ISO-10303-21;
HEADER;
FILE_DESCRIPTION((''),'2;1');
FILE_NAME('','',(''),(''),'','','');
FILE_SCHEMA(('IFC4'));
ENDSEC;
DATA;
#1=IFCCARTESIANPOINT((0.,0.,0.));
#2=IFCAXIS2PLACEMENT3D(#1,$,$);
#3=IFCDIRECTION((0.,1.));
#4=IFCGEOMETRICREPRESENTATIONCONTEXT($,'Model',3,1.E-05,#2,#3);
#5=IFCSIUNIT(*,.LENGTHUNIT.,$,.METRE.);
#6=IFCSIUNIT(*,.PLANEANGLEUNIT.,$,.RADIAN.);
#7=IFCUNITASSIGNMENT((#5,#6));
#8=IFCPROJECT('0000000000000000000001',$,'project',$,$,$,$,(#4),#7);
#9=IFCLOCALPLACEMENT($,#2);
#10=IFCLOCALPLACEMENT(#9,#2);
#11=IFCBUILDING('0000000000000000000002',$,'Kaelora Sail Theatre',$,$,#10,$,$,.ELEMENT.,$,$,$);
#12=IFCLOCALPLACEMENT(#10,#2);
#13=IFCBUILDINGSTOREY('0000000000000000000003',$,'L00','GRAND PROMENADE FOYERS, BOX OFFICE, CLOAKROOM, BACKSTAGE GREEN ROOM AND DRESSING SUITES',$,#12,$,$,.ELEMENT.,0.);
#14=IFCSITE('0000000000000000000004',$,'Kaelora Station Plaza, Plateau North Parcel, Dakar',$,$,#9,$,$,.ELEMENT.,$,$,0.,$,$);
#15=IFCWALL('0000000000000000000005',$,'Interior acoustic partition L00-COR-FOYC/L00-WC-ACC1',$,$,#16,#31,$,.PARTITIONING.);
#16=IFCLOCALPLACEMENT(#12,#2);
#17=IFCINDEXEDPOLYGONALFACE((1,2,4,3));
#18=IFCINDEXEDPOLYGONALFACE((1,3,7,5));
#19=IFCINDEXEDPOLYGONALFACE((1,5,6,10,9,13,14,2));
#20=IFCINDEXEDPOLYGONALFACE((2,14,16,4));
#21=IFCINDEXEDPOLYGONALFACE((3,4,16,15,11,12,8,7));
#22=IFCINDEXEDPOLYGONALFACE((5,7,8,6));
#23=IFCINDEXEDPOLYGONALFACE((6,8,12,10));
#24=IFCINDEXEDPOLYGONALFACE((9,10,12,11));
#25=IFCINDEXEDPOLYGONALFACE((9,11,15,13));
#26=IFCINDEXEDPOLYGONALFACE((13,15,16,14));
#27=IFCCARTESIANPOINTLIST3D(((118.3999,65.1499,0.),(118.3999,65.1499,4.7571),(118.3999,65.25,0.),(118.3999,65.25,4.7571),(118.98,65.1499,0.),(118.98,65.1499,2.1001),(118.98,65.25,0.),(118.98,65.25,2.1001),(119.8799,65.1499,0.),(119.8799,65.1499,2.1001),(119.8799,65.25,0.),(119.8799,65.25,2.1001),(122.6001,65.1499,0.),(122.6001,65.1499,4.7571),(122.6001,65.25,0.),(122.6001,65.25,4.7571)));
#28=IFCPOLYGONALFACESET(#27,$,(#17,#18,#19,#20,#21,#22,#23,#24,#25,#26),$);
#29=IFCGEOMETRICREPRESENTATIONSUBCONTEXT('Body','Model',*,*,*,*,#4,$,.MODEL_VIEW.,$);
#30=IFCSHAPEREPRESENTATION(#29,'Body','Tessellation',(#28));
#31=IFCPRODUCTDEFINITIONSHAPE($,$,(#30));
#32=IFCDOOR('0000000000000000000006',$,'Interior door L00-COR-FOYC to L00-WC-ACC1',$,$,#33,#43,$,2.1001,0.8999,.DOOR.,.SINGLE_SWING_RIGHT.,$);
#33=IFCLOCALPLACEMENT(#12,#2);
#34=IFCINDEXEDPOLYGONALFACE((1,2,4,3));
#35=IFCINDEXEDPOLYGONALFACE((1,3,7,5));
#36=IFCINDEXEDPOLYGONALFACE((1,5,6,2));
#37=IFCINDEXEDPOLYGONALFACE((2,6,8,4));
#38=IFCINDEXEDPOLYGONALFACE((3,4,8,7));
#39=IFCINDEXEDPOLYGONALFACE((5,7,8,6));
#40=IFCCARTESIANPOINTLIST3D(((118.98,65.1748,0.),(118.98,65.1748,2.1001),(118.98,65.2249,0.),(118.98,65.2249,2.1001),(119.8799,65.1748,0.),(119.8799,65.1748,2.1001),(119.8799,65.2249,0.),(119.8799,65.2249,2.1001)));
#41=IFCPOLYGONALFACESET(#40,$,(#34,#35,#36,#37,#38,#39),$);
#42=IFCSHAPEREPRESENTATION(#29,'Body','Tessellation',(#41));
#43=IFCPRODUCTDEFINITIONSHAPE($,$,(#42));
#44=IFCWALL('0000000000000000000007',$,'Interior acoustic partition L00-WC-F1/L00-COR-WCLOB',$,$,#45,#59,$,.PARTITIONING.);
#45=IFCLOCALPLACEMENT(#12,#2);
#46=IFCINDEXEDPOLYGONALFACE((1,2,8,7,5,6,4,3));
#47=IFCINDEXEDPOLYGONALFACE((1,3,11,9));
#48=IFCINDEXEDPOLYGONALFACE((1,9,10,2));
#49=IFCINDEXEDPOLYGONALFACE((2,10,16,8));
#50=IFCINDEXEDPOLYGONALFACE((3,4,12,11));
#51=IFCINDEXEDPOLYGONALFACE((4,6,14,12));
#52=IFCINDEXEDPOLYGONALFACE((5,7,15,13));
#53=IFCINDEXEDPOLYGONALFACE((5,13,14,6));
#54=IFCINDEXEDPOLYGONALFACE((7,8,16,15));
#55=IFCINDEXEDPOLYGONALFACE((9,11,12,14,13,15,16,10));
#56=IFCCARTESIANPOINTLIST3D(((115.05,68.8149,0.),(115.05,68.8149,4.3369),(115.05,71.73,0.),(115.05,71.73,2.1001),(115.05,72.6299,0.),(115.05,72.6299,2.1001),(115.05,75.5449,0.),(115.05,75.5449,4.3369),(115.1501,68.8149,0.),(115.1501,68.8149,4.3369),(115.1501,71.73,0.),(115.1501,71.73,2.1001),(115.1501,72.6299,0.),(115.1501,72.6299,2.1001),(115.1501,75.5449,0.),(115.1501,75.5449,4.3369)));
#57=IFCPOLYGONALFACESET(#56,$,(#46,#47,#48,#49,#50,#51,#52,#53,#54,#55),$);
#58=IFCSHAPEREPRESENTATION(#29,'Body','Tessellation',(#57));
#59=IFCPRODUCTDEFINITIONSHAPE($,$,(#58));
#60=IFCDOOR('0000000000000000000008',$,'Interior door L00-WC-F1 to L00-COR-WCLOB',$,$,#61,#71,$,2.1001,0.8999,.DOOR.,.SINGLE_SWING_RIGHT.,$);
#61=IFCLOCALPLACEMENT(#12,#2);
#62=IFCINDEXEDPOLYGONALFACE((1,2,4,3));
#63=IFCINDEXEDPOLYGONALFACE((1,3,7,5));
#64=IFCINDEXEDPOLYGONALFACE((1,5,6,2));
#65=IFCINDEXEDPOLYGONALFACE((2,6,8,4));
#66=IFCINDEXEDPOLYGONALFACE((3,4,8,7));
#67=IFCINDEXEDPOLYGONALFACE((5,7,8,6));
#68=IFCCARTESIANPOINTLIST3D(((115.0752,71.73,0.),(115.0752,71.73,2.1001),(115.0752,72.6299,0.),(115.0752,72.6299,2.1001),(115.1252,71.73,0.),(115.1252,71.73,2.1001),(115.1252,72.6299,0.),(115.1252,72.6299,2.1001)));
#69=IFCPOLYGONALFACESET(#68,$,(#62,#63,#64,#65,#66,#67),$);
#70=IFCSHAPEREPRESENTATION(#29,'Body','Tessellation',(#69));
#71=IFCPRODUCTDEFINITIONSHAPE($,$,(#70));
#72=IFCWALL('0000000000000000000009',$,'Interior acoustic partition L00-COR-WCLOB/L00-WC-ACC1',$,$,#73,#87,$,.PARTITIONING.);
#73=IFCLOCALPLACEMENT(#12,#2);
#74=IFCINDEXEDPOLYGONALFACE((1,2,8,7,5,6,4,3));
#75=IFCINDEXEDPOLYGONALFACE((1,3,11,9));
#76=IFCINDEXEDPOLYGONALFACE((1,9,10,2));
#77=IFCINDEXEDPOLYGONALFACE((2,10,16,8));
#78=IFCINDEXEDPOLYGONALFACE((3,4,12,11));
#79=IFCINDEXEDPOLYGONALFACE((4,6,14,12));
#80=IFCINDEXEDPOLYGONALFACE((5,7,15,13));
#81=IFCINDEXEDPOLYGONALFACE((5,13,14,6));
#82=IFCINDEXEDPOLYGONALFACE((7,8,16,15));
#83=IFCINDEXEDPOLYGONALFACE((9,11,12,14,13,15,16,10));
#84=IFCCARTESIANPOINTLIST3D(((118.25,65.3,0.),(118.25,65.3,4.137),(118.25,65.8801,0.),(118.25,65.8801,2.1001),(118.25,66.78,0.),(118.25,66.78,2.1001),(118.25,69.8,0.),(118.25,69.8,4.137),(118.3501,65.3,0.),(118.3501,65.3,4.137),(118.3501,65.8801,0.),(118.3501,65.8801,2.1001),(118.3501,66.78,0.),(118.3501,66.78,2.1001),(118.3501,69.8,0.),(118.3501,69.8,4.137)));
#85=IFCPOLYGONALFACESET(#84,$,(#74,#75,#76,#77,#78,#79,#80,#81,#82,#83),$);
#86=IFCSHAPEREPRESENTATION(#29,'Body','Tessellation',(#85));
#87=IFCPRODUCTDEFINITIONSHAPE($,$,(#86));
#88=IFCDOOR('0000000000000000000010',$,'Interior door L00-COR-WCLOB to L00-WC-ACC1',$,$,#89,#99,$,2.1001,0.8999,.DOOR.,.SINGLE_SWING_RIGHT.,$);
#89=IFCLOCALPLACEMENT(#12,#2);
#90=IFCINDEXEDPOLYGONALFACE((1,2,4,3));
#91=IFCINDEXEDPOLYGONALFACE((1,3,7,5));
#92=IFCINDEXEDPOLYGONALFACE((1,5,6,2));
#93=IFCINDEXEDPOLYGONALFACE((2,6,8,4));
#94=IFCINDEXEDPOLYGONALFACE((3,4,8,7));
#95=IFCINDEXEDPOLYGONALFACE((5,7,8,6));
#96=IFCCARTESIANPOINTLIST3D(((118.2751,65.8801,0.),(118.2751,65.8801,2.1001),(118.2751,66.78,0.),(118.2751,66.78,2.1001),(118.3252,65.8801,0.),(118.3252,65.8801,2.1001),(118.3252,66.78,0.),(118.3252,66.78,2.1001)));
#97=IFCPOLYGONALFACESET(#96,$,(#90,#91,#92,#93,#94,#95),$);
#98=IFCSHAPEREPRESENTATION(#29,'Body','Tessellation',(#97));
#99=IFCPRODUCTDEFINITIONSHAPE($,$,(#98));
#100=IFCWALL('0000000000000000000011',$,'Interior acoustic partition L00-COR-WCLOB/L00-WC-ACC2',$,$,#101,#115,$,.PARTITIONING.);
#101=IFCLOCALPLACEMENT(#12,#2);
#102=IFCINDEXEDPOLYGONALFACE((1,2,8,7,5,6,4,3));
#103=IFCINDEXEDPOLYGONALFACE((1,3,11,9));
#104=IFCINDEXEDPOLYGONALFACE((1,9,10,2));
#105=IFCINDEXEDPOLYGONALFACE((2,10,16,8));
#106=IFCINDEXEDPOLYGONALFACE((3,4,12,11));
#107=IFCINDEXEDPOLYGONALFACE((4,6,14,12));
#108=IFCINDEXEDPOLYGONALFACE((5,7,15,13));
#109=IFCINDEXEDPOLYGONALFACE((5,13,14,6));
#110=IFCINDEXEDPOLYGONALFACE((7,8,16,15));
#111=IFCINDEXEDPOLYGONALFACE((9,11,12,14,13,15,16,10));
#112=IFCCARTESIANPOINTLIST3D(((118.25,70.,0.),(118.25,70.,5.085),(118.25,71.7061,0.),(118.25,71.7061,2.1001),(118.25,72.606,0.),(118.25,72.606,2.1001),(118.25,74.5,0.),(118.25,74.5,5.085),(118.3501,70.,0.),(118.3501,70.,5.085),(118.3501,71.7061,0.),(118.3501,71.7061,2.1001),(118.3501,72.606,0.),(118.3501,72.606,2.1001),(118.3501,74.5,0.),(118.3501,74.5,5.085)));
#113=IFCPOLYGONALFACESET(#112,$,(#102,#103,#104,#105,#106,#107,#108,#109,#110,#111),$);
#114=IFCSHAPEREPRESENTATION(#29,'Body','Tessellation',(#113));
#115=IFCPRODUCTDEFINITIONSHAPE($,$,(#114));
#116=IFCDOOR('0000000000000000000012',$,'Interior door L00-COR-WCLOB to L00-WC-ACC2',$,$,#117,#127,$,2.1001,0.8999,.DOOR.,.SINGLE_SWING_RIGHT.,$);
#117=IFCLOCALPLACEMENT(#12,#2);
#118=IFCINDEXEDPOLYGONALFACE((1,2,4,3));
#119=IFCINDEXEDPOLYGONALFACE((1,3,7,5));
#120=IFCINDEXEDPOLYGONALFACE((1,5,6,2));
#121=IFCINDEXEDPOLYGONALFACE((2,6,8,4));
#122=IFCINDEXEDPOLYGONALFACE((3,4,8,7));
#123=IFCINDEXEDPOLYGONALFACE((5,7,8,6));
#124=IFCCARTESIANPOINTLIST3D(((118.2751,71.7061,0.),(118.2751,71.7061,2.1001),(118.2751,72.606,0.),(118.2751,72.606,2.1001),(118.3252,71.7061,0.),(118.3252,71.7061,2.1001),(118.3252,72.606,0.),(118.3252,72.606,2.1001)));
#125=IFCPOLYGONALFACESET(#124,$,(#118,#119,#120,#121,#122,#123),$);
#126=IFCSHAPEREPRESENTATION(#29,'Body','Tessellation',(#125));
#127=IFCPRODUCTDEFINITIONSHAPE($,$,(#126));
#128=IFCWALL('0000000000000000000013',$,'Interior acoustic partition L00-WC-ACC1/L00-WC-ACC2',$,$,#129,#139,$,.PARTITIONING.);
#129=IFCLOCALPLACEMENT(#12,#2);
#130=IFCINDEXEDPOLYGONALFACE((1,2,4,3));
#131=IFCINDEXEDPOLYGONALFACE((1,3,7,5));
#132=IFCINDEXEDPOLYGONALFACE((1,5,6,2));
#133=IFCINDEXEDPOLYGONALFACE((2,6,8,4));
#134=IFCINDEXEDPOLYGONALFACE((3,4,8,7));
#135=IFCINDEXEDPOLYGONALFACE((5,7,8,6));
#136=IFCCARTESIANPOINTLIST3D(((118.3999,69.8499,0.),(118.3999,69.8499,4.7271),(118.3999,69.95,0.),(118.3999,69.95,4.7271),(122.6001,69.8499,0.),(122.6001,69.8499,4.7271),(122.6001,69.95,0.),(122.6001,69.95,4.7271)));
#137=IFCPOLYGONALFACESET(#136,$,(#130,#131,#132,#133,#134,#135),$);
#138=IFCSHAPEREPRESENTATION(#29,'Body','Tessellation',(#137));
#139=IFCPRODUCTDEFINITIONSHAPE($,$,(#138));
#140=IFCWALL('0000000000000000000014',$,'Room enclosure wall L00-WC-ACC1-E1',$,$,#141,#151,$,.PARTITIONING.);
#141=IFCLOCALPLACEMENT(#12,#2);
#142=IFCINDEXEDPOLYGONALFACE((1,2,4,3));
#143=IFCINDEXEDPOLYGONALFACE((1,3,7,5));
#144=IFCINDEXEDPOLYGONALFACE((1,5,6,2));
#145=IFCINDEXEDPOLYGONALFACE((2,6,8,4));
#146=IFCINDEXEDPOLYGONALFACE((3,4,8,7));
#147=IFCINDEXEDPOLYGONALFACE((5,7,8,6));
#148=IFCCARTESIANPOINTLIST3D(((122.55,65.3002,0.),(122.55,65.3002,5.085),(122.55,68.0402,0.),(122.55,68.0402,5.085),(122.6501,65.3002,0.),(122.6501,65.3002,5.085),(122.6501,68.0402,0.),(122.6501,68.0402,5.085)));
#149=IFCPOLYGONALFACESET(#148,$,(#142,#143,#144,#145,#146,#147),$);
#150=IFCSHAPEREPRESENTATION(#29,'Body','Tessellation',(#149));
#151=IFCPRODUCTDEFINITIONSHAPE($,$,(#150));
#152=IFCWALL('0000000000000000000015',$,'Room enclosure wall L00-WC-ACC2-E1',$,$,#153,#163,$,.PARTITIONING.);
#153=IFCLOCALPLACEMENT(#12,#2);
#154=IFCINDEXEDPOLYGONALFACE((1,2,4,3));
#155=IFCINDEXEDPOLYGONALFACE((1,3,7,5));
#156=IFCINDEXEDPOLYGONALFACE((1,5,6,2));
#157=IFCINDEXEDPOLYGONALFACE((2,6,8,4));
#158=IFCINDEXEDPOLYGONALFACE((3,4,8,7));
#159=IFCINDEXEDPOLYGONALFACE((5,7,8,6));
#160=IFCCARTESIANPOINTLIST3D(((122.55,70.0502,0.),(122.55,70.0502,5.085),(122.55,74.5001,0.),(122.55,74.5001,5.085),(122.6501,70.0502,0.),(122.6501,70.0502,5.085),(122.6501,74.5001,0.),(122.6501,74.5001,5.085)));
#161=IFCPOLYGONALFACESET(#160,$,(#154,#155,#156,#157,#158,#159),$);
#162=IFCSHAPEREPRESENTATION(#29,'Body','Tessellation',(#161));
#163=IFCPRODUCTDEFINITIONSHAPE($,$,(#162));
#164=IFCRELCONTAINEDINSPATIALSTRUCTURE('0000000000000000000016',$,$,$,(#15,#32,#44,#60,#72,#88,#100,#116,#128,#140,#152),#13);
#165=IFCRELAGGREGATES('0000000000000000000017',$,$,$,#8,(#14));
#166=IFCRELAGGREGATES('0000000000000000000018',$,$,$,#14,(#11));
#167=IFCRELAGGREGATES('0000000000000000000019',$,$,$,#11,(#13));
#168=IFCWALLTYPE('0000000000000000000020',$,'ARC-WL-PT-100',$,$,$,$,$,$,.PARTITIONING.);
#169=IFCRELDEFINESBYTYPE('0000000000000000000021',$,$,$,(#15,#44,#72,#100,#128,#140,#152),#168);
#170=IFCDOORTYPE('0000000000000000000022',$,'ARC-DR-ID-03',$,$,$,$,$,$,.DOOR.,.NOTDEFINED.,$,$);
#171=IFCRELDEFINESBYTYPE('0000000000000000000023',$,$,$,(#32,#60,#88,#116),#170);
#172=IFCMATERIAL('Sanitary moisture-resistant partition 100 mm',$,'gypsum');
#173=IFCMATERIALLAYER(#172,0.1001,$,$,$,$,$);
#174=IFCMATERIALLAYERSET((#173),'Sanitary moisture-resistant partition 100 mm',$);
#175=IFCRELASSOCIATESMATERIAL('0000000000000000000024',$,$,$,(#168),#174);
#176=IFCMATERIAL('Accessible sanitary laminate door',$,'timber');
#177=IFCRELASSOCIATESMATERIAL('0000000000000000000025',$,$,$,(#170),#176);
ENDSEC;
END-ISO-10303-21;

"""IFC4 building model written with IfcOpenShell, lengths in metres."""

from ifc_helpers import new_model, si_unit, direction, frame, frame_2d, origin, place, context, subcontext, project, spatial, rectangle, extrude, material, layer, layer_set, type_object, element, fill, save


model = new_model("IFC4")

# Units and contexts
model_context = context("Model", 3, precision=1e-05, world=origin(), true_north=direction((0.0, 1.0)))
body_context = subcontext(model_context, "Body", "Model", "MODEL_VIEW")
ifc_project = project(units=[si_unit("LENGTHUNIT", "METRE"), si_unit("PLANEANGLEUNIT", "RADIAN")], contexts=[model_context])

# Site, building, storey
site_placement = place(None, origin())
site = spatial("IfcSite", under=ifc_project, at=site_placement, Name="Kaelora Station Plaza, Plateau North Parcel, Dakar", CompositionType="ELEMENT", RefElevation=0.0)
building_placement = place(site_placement, origin())
building = spatial("IfcBuilding", under=site, at=building_placement, Name="Kaelora Sail Theatre", CompositionType="ELEMENT")
storey_placement = place(building_placement, origin())
storey = spatial("IfcBuildingStorey", under=building, at=storey_placement, Name="L00", Description="GRAND PROMENADE FOYERS, BOX OFFICE, CLOAKROOM, BACKSTAGE GREEN ROOM AND DRESSING SUITES", CompositionType="ELEMENT", Elevation=0.0)

# Walls, openings, doors
ifc_material_1 = material(Name="Sanitary moisture-resistant partition 100 mm", Category="gypsum")
ifc_layer_1 = layer(ifc_material_1, 0.1001)
ifc_layer_set_1 = layer_set([ifc_layer_1], Name="Sanitary moisture-resistant partition 100 mm")
wall_type_1 = type_object("IfcWallType", Name="ARC-WL-PT-100", PredefinedType="PARTITIONING", material=ifc_layer_set_1)
ifc_material_2 = material(Name="Accessible sanitary laminate door", Category="timber")
door_type_1 = type_object("IfcDoorType", Name="ARC-DR-ID-03", OperationType="NOTDEFINED", PredefinedType="DOOR", material=ifc_material_2)
wall_1_placement = place(storey_placement, frame((118.3999, 65.2, 0.0), z_axis=(0.0, 0.0, 1.0), x_axis=(1.0, 0.0, 0.0)))
wall_1 = element("IfcWall", 1, at=wall_1_placement, inside=storey, type_object=wall_type_1, Name="Interior acoustic partition L00-COR-FOYC/L00-WC-ACC1", PredefinedType="PARTITIONING", context=body_context, shape_type="SweptSolid", body=[
    extrude(rectangle(XDim=4.2002, YDim=0.1001, at=frame_2d((2.1001, 0.0))), origin(), (0.0, 0.0, 1.0), 4.7571),
])
opening_1_placement = place(wall_1_placement, frame((0.5801, 0.0, 0.0)))
opening_1 = element("IfcOpeningElement", 2, at=opening_1_placement, cuts=wall_1, PredefinedType="OPENING", context=body_context, shape_type="SweptSolid", body=[
    extrude(rectangle(XDim=0.8999, YDim=2.1001, at=frame_2d((0.45, 1.05))), frame((0.0, 0.06, 0.0), z_axis=(0.0, -1.0, 0.0), x_axis=(1.0, 0.0, 0.0)), (0.0, 0.0, 1.0), 0.1201),
])
door_1_placement = place(opening_1_placement, origin())
door_1 = element("IfcDoor", 3, at=door_1_placement, inside=storey, type_object=door_type_1, Name="Interior door L00-COR-FOYC to L00-WC-ACC1", OperationType="SINGLE_SWING_RIGHT", OverallHeight=2.1001, OverallWidth=0.8999, PredefinedType="DOOR", context=body_context, shape_type="SweptSolid", body=[
    extrude(rectangle(XDim=0.8999, YDim=2.1001, at=frame_2d((0.45, 1.05))), frame((0.0, 0.0249, 0.0), z_axis=(0.0, -1.0, 0.0), x_axis=(1.0, 0.0, 0.0)), (0.0, 0.0, 1.0), 0.05),
])
fill(opening_1, door_1)
wall_2_placement = place(storey_placement, frame((115.1001, 68.8149, 0.0), z_axis=(0.0, 0.0, 1.0), x_axis=(0.0, 1.0, 0.0)))
wall_2 = element("IfcWall", 4, at=wall_2_placement, inside=storey, type_object=wall_type_1, Name="Interior acoustic partition L00-WC-F1/L00-COR-WCLOB", PredefinedType="PARTITIONING", context=body_context, shape_type="SweptSolid", body=[
    extrude(rectangle(XDim=6.73, YDim=0.1001, at=frame_2d((3.365, 0.0))), origin(), (0.0, 0.0, 1.0), 4.3369),
])
opening_2_placement = place(wall_2_placement, frame((2.915, 0.0, 0.0)))
opening_2 = element("IfcOpeningElement", 5, at=opening_2_placement, cuts=wall_2, PredefinedType="OPENING", context=body_context, shape_type="SweptSolid", body=[
    extrude(rectangle(XDim=0.8999, YDim=2.1001, at=frame_2d((0.45, 1.05))), frame((0.0, 0.06, 0.0), z_axis=(0.0, -1.0, 0.0), x_axis=(1.0, 0.0, 0.0)), (0.0, 0.0, 1.0), 0.1201),
])
door_2_placement = place(opening_2_placement, origin())
door_2 = element("IfcDoor", 6, at=door_2_placement, inside=storey, type_object=door_type_1, Name="Interior door L00-WC-F1 to L00-COR-WCLOB", OperationType="SINGLE_SWING_RIGHT", OverallHeight=2.1001, OverallWidth=0.8999, PredefinedType="DOOR", context=body_context, shape_type="SweptSolid", body=[
    extrude(rectangle(XDim=0.8999, YDim=2.1001, at=frame_2d((0.45, 1.05))), frame((0.0, 0.0249, 0.0), z_axis=(0.0, -1.0, 0.0), x_axis=(1.0, 0.0, 0.0)), (0.0, 0.0, 1.0), 0.05),
])
fill(opening_2, door_2)
wall_3_placement = place(storey_placement, frame((118.3, 65.3, 0.0), z_axis=(0.0, 0.0, 1.0), x_axis=(0.0, 1.0, 0.0)))
wall_3 = element("IfcWall", 7, at=wall_3_placement, inside=storey, type_object=wall_type_1, Name="Interior acoustic partition L00-COR-WCLOB/L00-WC-ACC1", PredefinedType="PARTITIONING", context=body_context, shape_type="SweptSolid", body=[
    extrude(rectangle(XDim=4.5, YDim=0.1001, at=frame_2d((2.25, 0.0))), origin(), (0.0, 0.0, 1.0), 4.137),
])
opening_3_placement = place(wall_3_placement, frame((0.5801, 0.0, 0.0)))
opening_3 = element("IfcOpeningElement", 8, at=opening_3_placement, cuts=wall_3, PredefinedType="OPENING", context=body_context, shape_type="SweptSolid", body=[
    extrude(rectangle(XDim=0.8999, YDim=2.1001, at=frame_2d((0.45, 1.05))), frame((0.0, 0.06, 0.0), z_axis=(0.0, -1.0, 0.0), x_axis=(1.0, 0.0, 0.0)), (0.0, 0.0, 1.0), 0.1201),
])
door_3_placement = place(opening_3_placement, origin())
door_3 = element("IfcDoor", 9, at=door_3_placement, inside=storey, type_object=door_type_1, Name="Interior door L00-COR-WCLOB to L00-WC-ACC1", OperationType="SINGLE_SWING_RIGHT", OverallHeight=2.1001, OverallWidth=0.8999, PredefinedType="DOOR", context=body_context, shape_type="SweptSolid", body=[
    extrude(rectangle(XDim=0.8999, YDim=2.1001, at=frame_2d((0.45, 1.05))), frame((0.0, 0.0249, 0.0), z_axis=(0.0, -1.0, 0.0), x_axis=(1.0, 0.0, 0.0)), (0.0, 0.0, 1.0), 0.05),
])
fill(opening_3, door_3)
wall_4_placement = place(storey_placement, frame((118.3, 70.0, 0.0), z_axis=(0.0, 0.0, 1.0), x_axis=(0.0, 1.0, 0.0)))
wall_4 = element("IfcWall", 10, at=wall_4_placement, inside=storey, type_object=wall_type_1, Name="Interior acoustic partition L00-COR-WCLOB/L00-WC-ACC2", PredefinedType="PARTITIONING", context=body_context, shape_type="SweptSolid", body=[
    extrude(rectangle(XDim=4.5, YDim=0.1001, at=frame_2d((2.25, 0.0))), origin(), (0.0, 0.0, 1.0), 5.085),
])
opening_4_placement = place(wall_4_placement, frame((1.7061, 0.0, 0.0)))
opening_4 = element("IfcOpeningElement", 11, at=opening_4_placement, cuts=wall_4, PredefinedType="OPENING", context=body_context, shape_type="SweptSolid", body=[
    extrude(rectangle(XDim=0.8999, YDim=2.1001, at=frame_2d((0.45, 1.05))), frame((0.0, 0.06, 0.0), z_axis=(0.0, -1.0, 0.0), x_axis=(1.0, 0.0, 0.0)), (0.0, 0.0, 1.0), 0.1201),
])
door_4_placement = place(opening_4_placement, origin())
door_4 = element("IfcDoor", 12, at=door_4_placement, inside=storey, type_object=door_type_1, Name="Interior door L00-COR-WCLOB to L00-WC-ACC2", OperationType="SINGLE_SWING_RIGHT", OverallHeight=2.1001, OverallWidth=0.8999, PredefinedType="DOOR", context=body_context, shape_type="SweptSolid", body=[
    extrude(rectangle(XDim=0.8999, YDim=2.1001, at=frame_2d((0.45, 1.05))), frame((0.0, 0.0249, 0.0), z_axis=(0.0, -1.0, 0.0), x_axis=(1.0, 0.0, 0.0)), (0.0, 0.0, 1.0), 0.05),
])
fill(opening_4, door_4)

# Walls
wall_5_placement = place(storey_placement, frame((118.3999, 69.8999, 0.0), z_axis=(0.0, 0.0, 1.0), x_axis=(1.0, 0.0, 0.0)))
element("IfcWall", 13, at=wall_5_placement, inside=storey, type_object=wall_type_1, Name="Interior acoustic partition L00-WC-ACC1/L00-WC-ACC2", PredefinedType="PARTITIONING", context=body_context, shape_type="SweptSolid", body=[
    extrude(rectangle(XDim=4.2002, YDim=0.1001, at=frame_2d((2.1001, 0.0))), origin(), (0.0, 0.0, 1.0), 4.7271),
])
wall_6_placement = place(storey_placement, frame((122.6001, 65.3, 0.0), z_axis=(0.0, 0.0, 1.0), x_axis=(0.0, 1.0, 0.0)))
element("IfcWall", 14, at=wall_6_placement, inside=storey, type_object=wall_type_1, Name="Room enclosure wall L00-WC-ACC1-E1", PredefinedType="PARTITIONING", context=body_context, shape_type="SweptSolid", body=[
    extrude(rectangle(XDim=2.74, YDim=0.1001, at=frame_2d((1.3701, 0.0))), origin(), (0.0, 0.0, 1.0), 5.085),
])
wall_7_placement = place(storey_placement, frame((122.6001, 70.05, 0.0), z_axis=(0.0, 0.0, 1.0), x_axis=(0.0, 1.0, 0.0)))
element("IfcWall", 15, at=wall_7_placement, inside=storey, type_object=wall_type_1, Name="Room enclosure wall L00-WC-ACC2-E1", PredefinedType="PARTITIONING", context=body_context, shape_type="SweptSolid", body=[
    extrude(rectangle(XDim=4.45, YDim=0.1001, at=frame_2d((2.2251, 0.0))), origin(), (0.0, 0.0, 1.0), 5.085),
])

save(model, "model.ifc")
